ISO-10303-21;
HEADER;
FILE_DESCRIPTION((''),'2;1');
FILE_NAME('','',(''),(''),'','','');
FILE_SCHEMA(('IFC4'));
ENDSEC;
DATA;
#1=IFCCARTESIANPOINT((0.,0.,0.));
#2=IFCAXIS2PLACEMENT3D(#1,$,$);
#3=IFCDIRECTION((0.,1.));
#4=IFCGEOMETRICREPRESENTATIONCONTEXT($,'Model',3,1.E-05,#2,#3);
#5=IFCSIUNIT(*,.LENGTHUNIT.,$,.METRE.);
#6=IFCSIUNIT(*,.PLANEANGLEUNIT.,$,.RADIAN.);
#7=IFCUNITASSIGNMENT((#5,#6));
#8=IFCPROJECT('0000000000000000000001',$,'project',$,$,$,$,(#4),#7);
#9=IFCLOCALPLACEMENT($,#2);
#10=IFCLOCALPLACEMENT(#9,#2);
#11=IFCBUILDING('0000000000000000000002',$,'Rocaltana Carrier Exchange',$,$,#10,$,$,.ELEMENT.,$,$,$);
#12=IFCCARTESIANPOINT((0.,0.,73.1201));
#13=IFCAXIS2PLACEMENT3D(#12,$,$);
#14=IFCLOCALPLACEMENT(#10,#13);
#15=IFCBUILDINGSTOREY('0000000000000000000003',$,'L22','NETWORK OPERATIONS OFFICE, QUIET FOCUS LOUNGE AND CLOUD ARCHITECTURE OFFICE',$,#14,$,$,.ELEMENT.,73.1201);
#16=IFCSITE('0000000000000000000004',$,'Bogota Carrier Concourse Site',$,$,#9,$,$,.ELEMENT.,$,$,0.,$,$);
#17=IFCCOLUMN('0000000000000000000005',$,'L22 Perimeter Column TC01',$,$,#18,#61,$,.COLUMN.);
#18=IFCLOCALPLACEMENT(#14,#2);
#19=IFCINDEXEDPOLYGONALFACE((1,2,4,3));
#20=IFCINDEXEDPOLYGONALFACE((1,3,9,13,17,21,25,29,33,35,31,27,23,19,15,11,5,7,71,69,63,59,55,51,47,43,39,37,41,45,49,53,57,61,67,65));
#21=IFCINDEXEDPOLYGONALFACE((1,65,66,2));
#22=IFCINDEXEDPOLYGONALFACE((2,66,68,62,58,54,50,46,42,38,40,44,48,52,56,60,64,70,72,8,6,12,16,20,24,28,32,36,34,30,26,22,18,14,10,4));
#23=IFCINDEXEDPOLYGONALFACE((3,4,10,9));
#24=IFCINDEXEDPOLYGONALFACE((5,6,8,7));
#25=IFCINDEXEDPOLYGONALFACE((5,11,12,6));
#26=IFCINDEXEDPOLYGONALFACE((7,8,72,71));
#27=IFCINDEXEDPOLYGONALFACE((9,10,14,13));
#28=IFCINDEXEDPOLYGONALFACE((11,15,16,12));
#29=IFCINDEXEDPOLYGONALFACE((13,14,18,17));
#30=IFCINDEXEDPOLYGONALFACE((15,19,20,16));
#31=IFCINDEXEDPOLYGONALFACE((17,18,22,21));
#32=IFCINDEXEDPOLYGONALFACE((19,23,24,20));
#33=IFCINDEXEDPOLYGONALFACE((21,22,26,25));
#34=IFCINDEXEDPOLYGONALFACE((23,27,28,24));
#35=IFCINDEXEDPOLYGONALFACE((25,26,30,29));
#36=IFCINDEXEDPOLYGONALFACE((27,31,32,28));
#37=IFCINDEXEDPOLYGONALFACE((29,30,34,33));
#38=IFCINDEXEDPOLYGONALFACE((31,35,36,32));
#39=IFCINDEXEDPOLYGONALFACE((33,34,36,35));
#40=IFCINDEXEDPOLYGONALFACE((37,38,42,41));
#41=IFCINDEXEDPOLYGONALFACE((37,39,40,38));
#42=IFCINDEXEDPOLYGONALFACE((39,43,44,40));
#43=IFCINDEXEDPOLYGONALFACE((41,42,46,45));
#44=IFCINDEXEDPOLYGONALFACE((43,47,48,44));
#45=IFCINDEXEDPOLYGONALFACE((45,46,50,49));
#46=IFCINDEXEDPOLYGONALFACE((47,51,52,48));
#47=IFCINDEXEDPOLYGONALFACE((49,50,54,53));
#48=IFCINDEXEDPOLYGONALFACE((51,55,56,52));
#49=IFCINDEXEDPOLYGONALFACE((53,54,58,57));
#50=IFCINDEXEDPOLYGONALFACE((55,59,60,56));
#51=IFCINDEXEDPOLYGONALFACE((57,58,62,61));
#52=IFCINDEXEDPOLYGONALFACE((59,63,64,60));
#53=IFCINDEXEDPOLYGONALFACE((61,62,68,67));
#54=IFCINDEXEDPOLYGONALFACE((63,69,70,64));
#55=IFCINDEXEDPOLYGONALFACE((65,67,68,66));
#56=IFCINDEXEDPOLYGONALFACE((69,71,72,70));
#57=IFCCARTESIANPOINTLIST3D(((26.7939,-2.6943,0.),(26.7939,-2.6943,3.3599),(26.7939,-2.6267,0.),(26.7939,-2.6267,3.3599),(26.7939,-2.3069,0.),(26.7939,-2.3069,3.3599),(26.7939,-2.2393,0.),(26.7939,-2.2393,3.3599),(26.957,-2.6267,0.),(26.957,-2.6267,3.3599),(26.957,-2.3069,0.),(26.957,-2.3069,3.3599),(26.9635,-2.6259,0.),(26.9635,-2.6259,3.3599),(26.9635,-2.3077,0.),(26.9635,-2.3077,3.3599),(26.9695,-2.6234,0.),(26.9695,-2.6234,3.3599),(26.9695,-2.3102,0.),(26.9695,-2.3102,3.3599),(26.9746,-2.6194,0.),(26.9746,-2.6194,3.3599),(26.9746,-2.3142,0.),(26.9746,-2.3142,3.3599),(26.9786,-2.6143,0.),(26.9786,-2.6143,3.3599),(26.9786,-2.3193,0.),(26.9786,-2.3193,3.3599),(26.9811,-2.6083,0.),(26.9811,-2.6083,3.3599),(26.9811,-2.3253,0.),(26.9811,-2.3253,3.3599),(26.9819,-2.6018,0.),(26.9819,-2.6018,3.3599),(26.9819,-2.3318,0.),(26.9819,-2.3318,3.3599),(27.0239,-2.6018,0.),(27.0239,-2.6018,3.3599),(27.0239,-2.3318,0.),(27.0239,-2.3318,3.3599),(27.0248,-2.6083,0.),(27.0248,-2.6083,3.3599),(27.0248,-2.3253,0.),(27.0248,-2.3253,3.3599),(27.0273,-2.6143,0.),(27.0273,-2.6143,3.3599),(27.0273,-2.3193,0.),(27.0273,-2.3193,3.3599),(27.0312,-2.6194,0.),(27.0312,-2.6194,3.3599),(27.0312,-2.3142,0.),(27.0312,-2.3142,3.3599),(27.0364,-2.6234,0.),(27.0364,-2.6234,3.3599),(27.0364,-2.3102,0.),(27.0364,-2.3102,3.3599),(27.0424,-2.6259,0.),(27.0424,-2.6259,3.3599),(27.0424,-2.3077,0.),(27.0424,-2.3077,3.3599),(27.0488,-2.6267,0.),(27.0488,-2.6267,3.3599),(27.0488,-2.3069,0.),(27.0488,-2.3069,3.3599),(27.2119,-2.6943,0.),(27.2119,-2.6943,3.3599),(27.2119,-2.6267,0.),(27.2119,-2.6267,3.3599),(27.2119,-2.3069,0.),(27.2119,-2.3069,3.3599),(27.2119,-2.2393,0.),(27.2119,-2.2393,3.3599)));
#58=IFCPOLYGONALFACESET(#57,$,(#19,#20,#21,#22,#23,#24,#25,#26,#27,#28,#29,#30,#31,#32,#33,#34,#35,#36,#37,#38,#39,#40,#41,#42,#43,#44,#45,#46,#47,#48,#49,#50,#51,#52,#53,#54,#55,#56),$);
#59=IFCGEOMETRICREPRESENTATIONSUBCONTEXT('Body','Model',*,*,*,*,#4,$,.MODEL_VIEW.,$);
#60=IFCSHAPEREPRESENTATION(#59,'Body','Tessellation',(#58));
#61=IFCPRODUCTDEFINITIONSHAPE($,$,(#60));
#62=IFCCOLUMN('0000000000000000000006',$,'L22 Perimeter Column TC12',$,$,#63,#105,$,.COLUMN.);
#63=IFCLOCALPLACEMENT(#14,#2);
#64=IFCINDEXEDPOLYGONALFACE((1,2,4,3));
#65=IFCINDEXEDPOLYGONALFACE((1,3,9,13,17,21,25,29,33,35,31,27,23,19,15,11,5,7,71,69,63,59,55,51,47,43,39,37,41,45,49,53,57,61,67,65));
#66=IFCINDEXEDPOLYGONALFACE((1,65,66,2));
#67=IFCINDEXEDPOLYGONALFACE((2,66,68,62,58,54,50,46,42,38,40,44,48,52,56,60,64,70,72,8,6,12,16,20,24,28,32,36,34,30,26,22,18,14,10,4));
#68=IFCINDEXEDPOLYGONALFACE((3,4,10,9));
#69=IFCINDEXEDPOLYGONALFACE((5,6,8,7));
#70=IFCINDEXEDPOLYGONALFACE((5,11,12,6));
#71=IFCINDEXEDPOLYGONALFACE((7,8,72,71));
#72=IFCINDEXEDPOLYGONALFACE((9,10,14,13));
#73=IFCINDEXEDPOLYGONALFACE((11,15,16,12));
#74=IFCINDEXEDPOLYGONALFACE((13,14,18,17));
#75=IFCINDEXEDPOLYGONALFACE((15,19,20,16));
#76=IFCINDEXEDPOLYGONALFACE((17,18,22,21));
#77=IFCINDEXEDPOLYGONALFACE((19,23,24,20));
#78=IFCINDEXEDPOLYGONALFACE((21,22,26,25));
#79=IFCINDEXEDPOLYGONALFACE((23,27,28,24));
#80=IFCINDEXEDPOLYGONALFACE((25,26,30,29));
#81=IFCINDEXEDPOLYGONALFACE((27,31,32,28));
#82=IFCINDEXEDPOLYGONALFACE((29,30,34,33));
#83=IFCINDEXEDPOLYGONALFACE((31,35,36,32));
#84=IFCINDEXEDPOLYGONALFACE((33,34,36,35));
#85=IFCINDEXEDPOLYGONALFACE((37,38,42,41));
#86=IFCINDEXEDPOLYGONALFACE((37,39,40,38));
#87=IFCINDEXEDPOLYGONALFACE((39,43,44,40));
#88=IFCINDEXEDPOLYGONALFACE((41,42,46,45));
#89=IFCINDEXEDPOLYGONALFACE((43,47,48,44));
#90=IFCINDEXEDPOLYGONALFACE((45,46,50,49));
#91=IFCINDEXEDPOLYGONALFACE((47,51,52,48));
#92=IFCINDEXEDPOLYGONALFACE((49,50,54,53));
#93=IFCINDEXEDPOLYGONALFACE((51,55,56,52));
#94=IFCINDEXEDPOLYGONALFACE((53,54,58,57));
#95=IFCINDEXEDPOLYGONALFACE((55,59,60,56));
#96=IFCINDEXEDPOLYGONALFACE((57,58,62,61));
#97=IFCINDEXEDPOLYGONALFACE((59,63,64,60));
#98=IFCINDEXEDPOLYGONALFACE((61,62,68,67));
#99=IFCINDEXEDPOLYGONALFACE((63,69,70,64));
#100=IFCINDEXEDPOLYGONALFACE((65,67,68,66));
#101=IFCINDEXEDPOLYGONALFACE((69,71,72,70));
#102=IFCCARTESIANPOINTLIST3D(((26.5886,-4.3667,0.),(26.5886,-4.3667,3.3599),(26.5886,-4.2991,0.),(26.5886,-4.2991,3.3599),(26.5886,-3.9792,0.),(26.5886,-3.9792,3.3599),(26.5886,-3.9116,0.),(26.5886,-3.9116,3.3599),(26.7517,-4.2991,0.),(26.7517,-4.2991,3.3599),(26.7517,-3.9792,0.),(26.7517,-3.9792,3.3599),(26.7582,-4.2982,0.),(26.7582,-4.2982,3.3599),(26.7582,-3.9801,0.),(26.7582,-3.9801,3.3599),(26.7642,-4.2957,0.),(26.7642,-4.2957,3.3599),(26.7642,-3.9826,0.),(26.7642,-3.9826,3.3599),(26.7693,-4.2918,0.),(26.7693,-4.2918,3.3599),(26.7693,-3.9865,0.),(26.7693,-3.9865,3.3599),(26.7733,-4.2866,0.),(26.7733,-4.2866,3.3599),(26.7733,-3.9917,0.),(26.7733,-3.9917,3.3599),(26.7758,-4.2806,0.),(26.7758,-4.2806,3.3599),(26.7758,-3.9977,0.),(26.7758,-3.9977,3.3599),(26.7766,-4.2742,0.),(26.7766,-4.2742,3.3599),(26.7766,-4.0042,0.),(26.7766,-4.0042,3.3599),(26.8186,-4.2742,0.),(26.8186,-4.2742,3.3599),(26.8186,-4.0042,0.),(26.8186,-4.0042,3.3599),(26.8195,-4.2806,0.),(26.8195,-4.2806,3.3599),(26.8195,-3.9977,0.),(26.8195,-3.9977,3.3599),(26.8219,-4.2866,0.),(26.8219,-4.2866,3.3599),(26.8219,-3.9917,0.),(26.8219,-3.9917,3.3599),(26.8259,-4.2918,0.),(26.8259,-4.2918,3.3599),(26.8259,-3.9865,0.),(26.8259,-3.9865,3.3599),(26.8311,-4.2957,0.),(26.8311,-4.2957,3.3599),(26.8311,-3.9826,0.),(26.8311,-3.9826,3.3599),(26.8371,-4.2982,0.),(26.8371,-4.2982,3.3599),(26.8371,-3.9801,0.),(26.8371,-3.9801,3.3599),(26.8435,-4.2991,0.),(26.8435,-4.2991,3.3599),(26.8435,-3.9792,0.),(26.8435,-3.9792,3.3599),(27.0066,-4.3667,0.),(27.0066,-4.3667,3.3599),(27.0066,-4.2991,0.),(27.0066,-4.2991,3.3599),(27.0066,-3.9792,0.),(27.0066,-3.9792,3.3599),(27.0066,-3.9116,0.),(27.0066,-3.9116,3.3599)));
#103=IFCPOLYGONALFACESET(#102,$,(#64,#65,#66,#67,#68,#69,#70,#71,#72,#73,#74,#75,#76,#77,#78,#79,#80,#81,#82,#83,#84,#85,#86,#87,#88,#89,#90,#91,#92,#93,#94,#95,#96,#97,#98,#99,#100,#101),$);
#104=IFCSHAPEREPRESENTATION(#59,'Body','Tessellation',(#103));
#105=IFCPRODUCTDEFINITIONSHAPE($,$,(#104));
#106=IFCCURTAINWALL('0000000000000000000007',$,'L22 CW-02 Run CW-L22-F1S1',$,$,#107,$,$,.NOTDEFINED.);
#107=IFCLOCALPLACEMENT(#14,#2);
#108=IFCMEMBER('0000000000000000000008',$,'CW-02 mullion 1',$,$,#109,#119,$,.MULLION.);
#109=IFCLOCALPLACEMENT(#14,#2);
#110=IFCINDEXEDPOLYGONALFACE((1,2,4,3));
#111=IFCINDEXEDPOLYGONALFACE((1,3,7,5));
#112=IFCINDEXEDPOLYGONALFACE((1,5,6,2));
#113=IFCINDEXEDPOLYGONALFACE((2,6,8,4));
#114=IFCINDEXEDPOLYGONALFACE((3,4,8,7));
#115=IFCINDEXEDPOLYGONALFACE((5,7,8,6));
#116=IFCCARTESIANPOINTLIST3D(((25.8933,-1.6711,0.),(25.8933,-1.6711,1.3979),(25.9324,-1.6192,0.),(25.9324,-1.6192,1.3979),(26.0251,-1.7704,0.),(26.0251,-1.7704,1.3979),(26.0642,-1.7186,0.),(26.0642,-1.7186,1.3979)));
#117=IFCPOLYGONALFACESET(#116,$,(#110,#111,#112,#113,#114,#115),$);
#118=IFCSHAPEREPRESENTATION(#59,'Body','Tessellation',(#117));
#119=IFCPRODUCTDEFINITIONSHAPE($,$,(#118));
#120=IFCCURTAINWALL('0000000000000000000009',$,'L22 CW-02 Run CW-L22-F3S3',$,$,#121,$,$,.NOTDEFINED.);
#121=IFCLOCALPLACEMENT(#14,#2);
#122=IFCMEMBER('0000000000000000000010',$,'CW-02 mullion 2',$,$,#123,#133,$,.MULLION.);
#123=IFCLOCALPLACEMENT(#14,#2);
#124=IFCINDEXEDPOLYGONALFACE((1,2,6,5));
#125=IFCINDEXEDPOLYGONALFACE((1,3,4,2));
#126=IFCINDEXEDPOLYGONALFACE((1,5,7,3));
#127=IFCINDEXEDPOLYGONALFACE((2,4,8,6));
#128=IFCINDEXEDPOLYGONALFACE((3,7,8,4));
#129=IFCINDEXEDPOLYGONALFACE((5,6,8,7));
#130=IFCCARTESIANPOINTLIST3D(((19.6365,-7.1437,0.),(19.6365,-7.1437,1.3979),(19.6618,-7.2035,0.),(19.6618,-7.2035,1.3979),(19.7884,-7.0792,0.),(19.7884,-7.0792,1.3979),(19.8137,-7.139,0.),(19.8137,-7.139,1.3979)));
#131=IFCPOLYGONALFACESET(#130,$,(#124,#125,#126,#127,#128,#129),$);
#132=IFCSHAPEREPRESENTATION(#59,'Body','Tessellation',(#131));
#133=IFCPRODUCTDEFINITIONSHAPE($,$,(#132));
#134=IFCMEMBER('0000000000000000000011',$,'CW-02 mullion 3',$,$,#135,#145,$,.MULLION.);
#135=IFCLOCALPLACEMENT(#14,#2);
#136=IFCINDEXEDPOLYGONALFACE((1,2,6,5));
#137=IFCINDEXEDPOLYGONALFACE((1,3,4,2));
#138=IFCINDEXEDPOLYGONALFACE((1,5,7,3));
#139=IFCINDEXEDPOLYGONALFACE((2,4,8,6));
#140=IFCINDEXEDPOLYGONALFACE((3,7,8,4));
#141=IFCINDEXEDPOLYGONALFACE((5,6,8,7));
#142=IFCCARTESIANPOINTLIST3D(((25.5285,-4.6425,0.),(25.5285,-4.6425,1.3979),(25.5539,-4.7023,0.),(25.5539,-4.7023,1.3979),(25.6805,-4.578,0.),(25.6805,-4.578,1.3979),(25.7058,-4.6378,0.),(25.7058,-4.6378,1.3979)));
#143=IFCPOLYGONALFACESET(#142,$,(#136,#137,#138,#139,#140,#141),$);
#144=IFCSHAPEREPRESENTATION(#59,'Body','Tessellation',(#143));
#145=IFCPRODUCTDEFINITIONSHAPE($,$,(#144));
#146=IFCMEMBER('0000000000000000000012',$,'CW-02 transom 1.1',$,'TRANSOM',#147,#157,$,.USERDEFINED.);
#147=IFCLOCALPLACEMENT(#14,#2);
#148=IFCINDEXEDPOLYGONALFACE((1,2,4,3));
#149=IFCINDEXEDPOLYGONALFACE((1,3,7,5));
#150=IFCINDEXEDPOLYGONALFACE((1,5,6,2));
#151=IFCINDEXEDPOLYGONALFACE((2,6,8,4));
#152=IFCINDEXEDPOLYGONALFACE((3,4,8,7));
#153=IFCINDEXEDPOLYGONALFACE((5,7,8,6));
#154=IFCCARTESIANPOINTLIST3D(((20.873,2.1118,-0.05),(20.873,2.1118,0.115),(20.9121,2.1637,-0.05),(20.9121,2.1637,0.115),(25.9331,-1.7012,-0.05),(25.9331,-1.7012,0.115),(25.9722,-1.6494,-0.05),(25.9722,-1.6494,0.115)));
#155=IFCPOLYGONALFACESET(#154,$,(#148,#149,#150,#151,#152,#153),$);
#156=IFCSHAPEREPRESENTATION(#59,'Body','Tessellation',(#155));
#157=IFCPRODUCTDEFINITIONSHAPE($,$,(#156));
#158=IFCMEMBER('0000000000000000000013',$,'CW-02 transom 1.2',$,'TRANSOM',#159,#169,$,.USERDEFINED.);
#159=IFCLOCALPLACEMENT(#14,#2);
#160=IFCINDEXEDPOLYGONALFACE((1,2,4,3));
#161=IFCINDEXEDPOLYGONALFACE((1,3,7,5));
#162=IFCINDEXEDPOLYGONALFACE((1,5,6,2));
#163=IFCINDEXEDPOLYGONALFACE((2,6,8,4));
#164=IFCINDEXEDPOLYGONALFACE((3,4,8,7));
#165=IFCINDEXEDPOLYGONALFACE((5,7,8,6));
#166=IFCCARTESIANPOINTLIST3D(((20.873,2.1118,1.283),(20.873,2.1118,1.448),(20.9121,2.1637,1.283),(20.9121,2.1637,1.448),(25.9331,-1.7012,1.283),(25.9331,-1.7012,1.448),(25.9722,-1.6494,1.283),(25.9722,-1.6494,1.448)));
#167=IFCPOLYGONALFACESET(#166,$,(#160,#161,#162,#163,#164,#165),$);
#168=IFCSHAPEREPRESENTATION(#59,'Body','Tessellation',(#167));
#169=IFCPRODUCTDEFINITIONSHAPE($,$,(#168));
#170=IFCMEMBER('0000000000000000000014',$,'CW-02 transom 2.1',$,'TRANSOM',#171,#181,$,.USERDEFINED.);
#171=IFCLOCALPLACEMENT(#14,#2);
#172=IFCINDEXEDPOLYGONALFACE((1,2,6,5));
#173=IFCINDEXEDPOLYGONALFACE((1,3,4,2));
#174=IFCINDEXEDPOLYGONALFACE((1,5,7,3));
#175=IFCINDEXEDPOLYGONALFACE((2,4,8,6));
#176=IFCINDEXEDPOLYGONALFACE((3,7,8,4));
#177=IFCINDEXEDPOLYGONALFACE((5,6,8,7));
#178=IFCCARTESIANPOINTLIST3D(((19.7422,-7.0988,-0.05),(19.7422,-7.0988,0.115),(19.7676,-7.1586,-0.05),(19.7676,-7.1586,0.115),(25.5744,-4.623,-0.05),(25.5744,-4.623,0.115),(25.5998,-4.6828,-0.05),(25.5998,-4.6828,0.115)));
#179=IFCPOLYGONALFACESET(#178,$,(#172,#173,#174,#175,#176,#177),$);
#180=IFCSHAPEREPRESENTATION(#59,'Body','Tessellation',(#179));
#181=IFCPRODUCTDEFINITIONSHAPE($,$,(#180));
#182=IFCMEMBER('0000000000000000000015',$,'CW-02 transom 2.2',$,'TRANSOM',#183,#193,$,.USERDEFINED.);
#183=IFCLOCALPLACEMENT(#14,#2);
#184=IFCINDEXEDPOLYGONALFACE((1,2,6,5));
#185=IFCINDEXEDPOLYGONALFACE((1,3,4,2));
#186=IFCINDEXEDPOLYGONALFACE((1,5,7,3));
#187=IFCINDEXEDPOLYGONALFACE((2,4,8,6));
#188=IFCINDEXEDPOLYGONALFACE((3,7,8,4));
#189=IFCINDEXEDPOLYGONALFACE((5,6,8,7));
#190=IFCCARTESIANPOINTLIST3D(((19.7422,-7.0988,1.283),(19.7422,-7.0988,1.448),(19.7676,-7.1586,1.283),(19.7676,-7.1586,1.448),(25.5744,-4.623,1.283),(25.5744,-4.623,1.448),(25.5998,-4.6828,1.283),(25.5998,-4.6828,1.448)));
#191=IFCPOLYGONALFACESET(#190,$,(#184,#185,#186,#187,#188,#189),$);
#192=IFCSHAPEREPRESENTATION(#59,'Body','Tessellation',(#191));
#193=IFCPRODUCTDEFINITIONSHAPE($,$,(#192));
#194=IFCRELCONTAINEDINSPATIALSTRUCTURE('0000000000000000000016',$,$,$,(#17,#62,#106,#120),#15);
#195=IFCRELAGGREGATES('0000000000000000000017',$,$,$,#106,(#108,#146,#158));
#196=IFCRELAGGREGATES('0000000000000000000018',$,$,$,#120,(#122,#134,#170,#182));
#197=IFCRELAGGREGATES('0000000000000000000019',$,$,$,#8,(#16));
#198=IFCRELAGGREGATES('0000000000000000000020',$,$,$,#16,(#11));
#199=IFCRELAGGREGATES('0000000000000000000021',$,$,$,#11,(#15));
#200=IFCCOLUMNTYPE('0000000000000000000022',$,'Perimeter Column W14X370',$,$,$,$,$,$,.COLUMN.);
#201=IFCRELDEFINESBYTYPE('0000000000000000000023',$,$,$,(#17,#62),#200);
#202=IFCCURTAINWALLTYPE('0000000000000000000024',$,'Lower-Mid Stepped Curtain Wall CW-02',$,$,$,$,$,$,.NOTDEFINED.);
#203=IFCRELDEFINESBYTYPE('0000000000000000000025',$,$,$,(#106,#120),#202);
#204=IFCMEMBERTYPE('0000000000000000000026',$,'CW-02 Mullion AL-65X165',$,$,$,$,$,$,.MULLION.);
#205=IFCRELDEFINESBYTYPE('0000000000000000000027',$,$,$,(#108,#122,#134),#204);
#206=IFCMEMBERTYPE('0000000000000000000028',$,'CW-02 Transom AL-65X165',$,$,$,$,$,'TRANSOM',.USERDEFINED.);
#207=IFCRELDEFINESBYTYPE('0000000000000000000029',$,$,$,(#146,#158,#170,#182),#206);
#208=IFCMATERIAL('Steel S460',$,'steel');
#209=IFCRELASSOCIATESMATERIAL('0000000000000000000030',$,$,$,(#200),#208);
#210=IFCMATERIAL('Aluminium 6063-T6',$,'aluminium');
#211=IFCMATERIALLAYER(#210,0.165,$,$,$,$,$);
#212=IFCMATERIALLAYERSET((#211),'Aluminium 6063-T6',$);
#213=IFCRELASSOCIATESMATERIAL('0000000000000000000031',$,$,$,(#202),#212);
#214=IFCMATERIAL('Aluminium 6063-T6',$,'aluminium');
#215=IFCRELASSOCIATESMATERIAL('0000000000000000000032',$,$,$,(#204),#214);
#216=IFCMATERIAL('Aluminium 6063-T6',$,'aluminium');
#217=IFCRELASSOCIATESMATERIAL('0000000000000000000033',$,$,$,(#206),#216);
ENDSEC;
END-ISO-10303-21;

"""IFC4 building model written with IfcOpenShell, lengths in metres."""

from ifc_helpers import new_model, si_unit, direction, frame, origin, origin_2d, place, context, subcontext, project, spatial, rectangle, i_section, extrude, material, layer, layer_set, material_profile, profile_set, type_object, element, aggregate, save


model = new_model("IFC4")

# Units and contexts
model_context = context("Model", 3, precision=1e-05, world=origin(), true_north=direction((0.0, 1.0)))
body_context = subcontext(model_context, "Body", "Model", "MODEL_VIEW")
ifc_project = project(units=[si_unit("LENGTHUNIT", "METRE"), si_unit("PLANEANGLEUNIT", "RADIAN")], contexts=[model_context])

# Site, building, storey
site_placement = place(None, origin())
site = spatial("IfcSite", under=ifc_project, at=site_placement, Name="Bogota Carrier Concourse Site", CompositionType="ELEMENT", RefElevation=0.0)
building_placement = place(site_placement, origin())
building = spatial("IfcBuilding", under=site, at=building_placement, Name="Rocaltana Carrier Exchange", CompositionType="ELEMENT")
storey_placement = place(building_placement, frame((0.0, 0.0, 73.1201)))
storey = spatial("IfcBuildingStorey", under=building, at=storey_placement, Name="L22", Description="NETWORK OPERATIONS OFFICE, QUIET FOCUS LOUNGE AND CLOUD ARCHITECTURE OFFICE", CompositionType="ELEMENT", Elevation=73.1201)

# Columns
ifc_material_1 = material(Name="Steel S460", Category="steel")
ifc_material_profile_1 = material_profile(ifc_material_1, i_section(OverallWidth=0.418, OverallDepth=0.4551, WebThickness=0.042, FlangeThickness=0.0676, FilletRadius=0.0249, at=origin_2d()), Name="W14X370")
ifc_profile_set_1 = profile_set([ifc_material_profile_1], Name="Steel S460")
column_type = type_object("IfcColumnType", Name="Perimeter Column W14X370", PredefinedType="COLUMN", material=ifc_profile_set_1)
for number, where, z_axis, x_axis, name in (
    (1, (27.0029, -2.4668, 0.0), (0.0, 0.0, 1.0), (1.0, 0.0, 0.0), "L22 Perimeter Column TC01"),
    (2, (26.7976, -4.1392, 0.0), (0.0, 0.0, 1.0), (1.0, 0.0, 0.0), "L22 Perimeter Column TC12"),
):
    element("IfcColumn", number, at=place(storey_placement, frame(where, z_axis=z_axis, x_axis=x_axis)), inside=storey, type_object=column_type, Name=name, PredefinedType="COLUMN", context=body_context, shape_type="SweptSolid", body=[
        extrude(i_section(OverallWidth=0.418, OverallDepth=0.4551, WebThickness=0.042, FlangeThickness=0.0676, FilletRadius=0.0249, at=origin_2d()), origin(), (0.0, 0.0, 1.0), 3.3599),
    ])

# Curtain wall, member
ifc_material_2 = material(Name="Aluminium 6063-T6", Category="aluminium")
ifc_layer_1 = layer(ifc_material_2, 0.165)
ifc_layer_set_1 = layer_set([ifc_layer_1], Name="Aluminium 6063-T6")
curtain_wall_type = type_object("IfcCurtainWallType", Name="Lower-Mid Stepped Curtain Wall CW-02", PredefinedType="NOTDEFINED", material=ifc_layer_set_1)
curtain_wall_1_placement = place(storey_placement, origin())
curtain_wall_1 = element("IfcCurtainWall", 3, at=curtain_wall_1_placement, inside=storey, type_object=curtain_wall_type, Name="L22 CW-02 Run CW-L22-F1S1", PredefinedType="NOTDEFINED")
ifc_material_3 = material(Name="Aluminium 6063-T6", Category="aluminium")
ifc_material_profile_2 = material_profile(ifc_material_3, rectangle(XDim=0.0649, YDim=0.165, at=origin_2d()), Name="AL-65X165")
ifc_profile_set_2 = profile_set([ifc_material_profile_2], Name="Aluminium 6063-T6")
member_type_1 = type_object("IfcMemberType", Name="CW-02 Mullion AL-65X165", PredefinedType="MULLION", material=ifc_profile_set_2)
member_1_placement = place(storey_placement, frame((25.9788, -1.6948, 0.0), z_axis=(0.0, 0.0, 1.0), x_axis=(-0.601807, -0.798642, 0.0)))
member_1 = element("IfcMember", 4, at=member_1_placement, type_object=member_type_1, Name="CW-02 mullion 1", PredefinedType="MULLION", context=body_context, shape_type="SweptSolid", body=[
    extrude(rectangle(XDim=0.0649, YDim=0.165, at=origin_2d()), origin(), (0.0, 0.0, 1.0), 1.3979),
])

# Curtain wall, members
curtain_wall_2_placement = place(storey_placement, origin())
curtain_wall_2 = element("IfcCurtainWall", 5, at=curtain_wall_2_placement, inside=storey, type_object=curtain_wall_type, Name="L22 CW-02 Run CW-L22-F3S3", PredefinedType="NOTDEFINED")
member_2_placement = place(storey_placement, frame((19.7251, -7.1414, 0.0), z_axis=(0.0, 0.0, 1.0), x_axis=(-0.390735, 0.920503, 0.0)))
member_2 = element("IfcMember", 6, at=member_2_placement, type_object=member_type_1, Name="CW-02 mullion 2", PredefinedType="MULLION", context=body_context, shape_type="SweptSolid", body=[
    extrude(rectangle(XDim=0.0649, YDim=0.165, at=origin_2d()), origin(), (0.0, 0.0, 1.0), 1.3979),
])
member_3_placement = place(storey_placement, frame((25.6172, -4.6401, 0.0), z_axis=(0.0, 0.0, 1.0), x_axis=(-0.390735, 0.920503, 0.0)))
member_3 = element("IfcMember", 7, at=member_3_placement, type_object=member_type_1, Name="CW-02 mullion 3", PredefinedType="MULLION", context=body_context, shape_type="SweptSolid", body=[
    extrude(rectangle(XDim=0.0649, YDim=0.165, at=origin_2d()), origin(), (0.0, 0.0, 1.0), 1.3979),
])

# Members
ifc_material_4 = material(Name="Aluminium 6063-T6", Category="aluminium")
ifc_material_profile_3 = material_profile(ifc_material_4, rectangle(XDim=0.0649, YDim=0.165, at=origin_2d()), Name="AL-65X165")
ifc_profile_set_3 = profile_set([ifc_material_profile_3], Name="Aluminium 6063-T6")
member_type_2 = type_object("IfcMemberType", Name="CW-02 Transom AL-65X165", ElementType="TRANSOM", PredefinedType="USERDEFINED", material=ifc_profile_set_3)
member_4_placement = place(storey_placement, frame((25.9526, -1.6753, 0.0325), z_axis=(-0.798638, 0.601811, 0.0), x_axis=(-0.601811, -0.798638, 0.0)))
member_4 = element("IfcMember", 8, at=member_4_placement, type_object=member_type_2, Name="CW-02 transom 1.1", ObjectType="TRANSOM", PredefinedType="USERDEFINED", context=body_context, shape_type="SweptSolid", body=[
    extrude(rectangle(XDim=0.0649, YDim=0.165, at=origin_2d()), origin(), (0.0, 0.0, 1.0), 6.3359),
])
member_5_placement = place(storey_placement, frame((25.9526, -1.6753, 1.3655), z_axis=(-0.798638, 0.601811, 0.0), x_axis=(-0.601811, -0.798638, 0.0)))
member_5 = element("IfcMember", 9, at=member_5_placement, type_object=member_type_2, Name="CW-02 transom 1.2", ObjectType="TRANSOM", PredefinedType="USERDEFINED", context=body_context, shape_type="SweptSolid", body=[
    extrude(rectangle(XDim=0.0649, YDim=0.165, at=origin_2d()), origin(), (0.0, 0.0, 1.0), 6.3359),
])
aggregate(curtain_wall_1, [member_1, member_4, member_5])
member_6_placement = place(storey_placement, frame((19.7549, -7.1287, 0.0325), z_axis=(0.920495, 0.390755, 0.0), x_axis=(-0.390755, 0.920495, 0.0)))
member_6 = element("IfcMember", 10, at=member_6_placement, type_object=member_type_2, Name="CW-02 transom 2.1", ObjectType="TRANSOM", PredefinedType="USERDEFINED", context=body_context, shape_type="SweptSolid", body=[
    extrude(rectangle(XDim=0.0649, YDim=0.165, at=origin_2d()), origin(), (0.0, 0.0, 1.0), 6.3359),
])
member_7_placement = place(storey_placement, frame((19.7549, -7.1287, 1.3655), z_axis=(0.920495, 0.390755, 0.0), x_axis=(-0.390755, 0.920495, 0.0)))
member_7 = element("IfcMember", 11, at=member_7_placement, type_object=member_type_2, Name="CW-02 transom 2.2", ObjectType="TRANSOM", PredefinedType="USERDEFINED", context=body_context, shape_type="SweptSolid", body=[
    extrude(rectangle(XDim=0.0649, YDim=0.165, at=origin_2d()), origin(), (0.0, 0.0, 1.0), 6.3359),
])

aggregate(curtain_wall_2, [member_2, member_3, member_6, member_7])

save(model, "model.ifc")
